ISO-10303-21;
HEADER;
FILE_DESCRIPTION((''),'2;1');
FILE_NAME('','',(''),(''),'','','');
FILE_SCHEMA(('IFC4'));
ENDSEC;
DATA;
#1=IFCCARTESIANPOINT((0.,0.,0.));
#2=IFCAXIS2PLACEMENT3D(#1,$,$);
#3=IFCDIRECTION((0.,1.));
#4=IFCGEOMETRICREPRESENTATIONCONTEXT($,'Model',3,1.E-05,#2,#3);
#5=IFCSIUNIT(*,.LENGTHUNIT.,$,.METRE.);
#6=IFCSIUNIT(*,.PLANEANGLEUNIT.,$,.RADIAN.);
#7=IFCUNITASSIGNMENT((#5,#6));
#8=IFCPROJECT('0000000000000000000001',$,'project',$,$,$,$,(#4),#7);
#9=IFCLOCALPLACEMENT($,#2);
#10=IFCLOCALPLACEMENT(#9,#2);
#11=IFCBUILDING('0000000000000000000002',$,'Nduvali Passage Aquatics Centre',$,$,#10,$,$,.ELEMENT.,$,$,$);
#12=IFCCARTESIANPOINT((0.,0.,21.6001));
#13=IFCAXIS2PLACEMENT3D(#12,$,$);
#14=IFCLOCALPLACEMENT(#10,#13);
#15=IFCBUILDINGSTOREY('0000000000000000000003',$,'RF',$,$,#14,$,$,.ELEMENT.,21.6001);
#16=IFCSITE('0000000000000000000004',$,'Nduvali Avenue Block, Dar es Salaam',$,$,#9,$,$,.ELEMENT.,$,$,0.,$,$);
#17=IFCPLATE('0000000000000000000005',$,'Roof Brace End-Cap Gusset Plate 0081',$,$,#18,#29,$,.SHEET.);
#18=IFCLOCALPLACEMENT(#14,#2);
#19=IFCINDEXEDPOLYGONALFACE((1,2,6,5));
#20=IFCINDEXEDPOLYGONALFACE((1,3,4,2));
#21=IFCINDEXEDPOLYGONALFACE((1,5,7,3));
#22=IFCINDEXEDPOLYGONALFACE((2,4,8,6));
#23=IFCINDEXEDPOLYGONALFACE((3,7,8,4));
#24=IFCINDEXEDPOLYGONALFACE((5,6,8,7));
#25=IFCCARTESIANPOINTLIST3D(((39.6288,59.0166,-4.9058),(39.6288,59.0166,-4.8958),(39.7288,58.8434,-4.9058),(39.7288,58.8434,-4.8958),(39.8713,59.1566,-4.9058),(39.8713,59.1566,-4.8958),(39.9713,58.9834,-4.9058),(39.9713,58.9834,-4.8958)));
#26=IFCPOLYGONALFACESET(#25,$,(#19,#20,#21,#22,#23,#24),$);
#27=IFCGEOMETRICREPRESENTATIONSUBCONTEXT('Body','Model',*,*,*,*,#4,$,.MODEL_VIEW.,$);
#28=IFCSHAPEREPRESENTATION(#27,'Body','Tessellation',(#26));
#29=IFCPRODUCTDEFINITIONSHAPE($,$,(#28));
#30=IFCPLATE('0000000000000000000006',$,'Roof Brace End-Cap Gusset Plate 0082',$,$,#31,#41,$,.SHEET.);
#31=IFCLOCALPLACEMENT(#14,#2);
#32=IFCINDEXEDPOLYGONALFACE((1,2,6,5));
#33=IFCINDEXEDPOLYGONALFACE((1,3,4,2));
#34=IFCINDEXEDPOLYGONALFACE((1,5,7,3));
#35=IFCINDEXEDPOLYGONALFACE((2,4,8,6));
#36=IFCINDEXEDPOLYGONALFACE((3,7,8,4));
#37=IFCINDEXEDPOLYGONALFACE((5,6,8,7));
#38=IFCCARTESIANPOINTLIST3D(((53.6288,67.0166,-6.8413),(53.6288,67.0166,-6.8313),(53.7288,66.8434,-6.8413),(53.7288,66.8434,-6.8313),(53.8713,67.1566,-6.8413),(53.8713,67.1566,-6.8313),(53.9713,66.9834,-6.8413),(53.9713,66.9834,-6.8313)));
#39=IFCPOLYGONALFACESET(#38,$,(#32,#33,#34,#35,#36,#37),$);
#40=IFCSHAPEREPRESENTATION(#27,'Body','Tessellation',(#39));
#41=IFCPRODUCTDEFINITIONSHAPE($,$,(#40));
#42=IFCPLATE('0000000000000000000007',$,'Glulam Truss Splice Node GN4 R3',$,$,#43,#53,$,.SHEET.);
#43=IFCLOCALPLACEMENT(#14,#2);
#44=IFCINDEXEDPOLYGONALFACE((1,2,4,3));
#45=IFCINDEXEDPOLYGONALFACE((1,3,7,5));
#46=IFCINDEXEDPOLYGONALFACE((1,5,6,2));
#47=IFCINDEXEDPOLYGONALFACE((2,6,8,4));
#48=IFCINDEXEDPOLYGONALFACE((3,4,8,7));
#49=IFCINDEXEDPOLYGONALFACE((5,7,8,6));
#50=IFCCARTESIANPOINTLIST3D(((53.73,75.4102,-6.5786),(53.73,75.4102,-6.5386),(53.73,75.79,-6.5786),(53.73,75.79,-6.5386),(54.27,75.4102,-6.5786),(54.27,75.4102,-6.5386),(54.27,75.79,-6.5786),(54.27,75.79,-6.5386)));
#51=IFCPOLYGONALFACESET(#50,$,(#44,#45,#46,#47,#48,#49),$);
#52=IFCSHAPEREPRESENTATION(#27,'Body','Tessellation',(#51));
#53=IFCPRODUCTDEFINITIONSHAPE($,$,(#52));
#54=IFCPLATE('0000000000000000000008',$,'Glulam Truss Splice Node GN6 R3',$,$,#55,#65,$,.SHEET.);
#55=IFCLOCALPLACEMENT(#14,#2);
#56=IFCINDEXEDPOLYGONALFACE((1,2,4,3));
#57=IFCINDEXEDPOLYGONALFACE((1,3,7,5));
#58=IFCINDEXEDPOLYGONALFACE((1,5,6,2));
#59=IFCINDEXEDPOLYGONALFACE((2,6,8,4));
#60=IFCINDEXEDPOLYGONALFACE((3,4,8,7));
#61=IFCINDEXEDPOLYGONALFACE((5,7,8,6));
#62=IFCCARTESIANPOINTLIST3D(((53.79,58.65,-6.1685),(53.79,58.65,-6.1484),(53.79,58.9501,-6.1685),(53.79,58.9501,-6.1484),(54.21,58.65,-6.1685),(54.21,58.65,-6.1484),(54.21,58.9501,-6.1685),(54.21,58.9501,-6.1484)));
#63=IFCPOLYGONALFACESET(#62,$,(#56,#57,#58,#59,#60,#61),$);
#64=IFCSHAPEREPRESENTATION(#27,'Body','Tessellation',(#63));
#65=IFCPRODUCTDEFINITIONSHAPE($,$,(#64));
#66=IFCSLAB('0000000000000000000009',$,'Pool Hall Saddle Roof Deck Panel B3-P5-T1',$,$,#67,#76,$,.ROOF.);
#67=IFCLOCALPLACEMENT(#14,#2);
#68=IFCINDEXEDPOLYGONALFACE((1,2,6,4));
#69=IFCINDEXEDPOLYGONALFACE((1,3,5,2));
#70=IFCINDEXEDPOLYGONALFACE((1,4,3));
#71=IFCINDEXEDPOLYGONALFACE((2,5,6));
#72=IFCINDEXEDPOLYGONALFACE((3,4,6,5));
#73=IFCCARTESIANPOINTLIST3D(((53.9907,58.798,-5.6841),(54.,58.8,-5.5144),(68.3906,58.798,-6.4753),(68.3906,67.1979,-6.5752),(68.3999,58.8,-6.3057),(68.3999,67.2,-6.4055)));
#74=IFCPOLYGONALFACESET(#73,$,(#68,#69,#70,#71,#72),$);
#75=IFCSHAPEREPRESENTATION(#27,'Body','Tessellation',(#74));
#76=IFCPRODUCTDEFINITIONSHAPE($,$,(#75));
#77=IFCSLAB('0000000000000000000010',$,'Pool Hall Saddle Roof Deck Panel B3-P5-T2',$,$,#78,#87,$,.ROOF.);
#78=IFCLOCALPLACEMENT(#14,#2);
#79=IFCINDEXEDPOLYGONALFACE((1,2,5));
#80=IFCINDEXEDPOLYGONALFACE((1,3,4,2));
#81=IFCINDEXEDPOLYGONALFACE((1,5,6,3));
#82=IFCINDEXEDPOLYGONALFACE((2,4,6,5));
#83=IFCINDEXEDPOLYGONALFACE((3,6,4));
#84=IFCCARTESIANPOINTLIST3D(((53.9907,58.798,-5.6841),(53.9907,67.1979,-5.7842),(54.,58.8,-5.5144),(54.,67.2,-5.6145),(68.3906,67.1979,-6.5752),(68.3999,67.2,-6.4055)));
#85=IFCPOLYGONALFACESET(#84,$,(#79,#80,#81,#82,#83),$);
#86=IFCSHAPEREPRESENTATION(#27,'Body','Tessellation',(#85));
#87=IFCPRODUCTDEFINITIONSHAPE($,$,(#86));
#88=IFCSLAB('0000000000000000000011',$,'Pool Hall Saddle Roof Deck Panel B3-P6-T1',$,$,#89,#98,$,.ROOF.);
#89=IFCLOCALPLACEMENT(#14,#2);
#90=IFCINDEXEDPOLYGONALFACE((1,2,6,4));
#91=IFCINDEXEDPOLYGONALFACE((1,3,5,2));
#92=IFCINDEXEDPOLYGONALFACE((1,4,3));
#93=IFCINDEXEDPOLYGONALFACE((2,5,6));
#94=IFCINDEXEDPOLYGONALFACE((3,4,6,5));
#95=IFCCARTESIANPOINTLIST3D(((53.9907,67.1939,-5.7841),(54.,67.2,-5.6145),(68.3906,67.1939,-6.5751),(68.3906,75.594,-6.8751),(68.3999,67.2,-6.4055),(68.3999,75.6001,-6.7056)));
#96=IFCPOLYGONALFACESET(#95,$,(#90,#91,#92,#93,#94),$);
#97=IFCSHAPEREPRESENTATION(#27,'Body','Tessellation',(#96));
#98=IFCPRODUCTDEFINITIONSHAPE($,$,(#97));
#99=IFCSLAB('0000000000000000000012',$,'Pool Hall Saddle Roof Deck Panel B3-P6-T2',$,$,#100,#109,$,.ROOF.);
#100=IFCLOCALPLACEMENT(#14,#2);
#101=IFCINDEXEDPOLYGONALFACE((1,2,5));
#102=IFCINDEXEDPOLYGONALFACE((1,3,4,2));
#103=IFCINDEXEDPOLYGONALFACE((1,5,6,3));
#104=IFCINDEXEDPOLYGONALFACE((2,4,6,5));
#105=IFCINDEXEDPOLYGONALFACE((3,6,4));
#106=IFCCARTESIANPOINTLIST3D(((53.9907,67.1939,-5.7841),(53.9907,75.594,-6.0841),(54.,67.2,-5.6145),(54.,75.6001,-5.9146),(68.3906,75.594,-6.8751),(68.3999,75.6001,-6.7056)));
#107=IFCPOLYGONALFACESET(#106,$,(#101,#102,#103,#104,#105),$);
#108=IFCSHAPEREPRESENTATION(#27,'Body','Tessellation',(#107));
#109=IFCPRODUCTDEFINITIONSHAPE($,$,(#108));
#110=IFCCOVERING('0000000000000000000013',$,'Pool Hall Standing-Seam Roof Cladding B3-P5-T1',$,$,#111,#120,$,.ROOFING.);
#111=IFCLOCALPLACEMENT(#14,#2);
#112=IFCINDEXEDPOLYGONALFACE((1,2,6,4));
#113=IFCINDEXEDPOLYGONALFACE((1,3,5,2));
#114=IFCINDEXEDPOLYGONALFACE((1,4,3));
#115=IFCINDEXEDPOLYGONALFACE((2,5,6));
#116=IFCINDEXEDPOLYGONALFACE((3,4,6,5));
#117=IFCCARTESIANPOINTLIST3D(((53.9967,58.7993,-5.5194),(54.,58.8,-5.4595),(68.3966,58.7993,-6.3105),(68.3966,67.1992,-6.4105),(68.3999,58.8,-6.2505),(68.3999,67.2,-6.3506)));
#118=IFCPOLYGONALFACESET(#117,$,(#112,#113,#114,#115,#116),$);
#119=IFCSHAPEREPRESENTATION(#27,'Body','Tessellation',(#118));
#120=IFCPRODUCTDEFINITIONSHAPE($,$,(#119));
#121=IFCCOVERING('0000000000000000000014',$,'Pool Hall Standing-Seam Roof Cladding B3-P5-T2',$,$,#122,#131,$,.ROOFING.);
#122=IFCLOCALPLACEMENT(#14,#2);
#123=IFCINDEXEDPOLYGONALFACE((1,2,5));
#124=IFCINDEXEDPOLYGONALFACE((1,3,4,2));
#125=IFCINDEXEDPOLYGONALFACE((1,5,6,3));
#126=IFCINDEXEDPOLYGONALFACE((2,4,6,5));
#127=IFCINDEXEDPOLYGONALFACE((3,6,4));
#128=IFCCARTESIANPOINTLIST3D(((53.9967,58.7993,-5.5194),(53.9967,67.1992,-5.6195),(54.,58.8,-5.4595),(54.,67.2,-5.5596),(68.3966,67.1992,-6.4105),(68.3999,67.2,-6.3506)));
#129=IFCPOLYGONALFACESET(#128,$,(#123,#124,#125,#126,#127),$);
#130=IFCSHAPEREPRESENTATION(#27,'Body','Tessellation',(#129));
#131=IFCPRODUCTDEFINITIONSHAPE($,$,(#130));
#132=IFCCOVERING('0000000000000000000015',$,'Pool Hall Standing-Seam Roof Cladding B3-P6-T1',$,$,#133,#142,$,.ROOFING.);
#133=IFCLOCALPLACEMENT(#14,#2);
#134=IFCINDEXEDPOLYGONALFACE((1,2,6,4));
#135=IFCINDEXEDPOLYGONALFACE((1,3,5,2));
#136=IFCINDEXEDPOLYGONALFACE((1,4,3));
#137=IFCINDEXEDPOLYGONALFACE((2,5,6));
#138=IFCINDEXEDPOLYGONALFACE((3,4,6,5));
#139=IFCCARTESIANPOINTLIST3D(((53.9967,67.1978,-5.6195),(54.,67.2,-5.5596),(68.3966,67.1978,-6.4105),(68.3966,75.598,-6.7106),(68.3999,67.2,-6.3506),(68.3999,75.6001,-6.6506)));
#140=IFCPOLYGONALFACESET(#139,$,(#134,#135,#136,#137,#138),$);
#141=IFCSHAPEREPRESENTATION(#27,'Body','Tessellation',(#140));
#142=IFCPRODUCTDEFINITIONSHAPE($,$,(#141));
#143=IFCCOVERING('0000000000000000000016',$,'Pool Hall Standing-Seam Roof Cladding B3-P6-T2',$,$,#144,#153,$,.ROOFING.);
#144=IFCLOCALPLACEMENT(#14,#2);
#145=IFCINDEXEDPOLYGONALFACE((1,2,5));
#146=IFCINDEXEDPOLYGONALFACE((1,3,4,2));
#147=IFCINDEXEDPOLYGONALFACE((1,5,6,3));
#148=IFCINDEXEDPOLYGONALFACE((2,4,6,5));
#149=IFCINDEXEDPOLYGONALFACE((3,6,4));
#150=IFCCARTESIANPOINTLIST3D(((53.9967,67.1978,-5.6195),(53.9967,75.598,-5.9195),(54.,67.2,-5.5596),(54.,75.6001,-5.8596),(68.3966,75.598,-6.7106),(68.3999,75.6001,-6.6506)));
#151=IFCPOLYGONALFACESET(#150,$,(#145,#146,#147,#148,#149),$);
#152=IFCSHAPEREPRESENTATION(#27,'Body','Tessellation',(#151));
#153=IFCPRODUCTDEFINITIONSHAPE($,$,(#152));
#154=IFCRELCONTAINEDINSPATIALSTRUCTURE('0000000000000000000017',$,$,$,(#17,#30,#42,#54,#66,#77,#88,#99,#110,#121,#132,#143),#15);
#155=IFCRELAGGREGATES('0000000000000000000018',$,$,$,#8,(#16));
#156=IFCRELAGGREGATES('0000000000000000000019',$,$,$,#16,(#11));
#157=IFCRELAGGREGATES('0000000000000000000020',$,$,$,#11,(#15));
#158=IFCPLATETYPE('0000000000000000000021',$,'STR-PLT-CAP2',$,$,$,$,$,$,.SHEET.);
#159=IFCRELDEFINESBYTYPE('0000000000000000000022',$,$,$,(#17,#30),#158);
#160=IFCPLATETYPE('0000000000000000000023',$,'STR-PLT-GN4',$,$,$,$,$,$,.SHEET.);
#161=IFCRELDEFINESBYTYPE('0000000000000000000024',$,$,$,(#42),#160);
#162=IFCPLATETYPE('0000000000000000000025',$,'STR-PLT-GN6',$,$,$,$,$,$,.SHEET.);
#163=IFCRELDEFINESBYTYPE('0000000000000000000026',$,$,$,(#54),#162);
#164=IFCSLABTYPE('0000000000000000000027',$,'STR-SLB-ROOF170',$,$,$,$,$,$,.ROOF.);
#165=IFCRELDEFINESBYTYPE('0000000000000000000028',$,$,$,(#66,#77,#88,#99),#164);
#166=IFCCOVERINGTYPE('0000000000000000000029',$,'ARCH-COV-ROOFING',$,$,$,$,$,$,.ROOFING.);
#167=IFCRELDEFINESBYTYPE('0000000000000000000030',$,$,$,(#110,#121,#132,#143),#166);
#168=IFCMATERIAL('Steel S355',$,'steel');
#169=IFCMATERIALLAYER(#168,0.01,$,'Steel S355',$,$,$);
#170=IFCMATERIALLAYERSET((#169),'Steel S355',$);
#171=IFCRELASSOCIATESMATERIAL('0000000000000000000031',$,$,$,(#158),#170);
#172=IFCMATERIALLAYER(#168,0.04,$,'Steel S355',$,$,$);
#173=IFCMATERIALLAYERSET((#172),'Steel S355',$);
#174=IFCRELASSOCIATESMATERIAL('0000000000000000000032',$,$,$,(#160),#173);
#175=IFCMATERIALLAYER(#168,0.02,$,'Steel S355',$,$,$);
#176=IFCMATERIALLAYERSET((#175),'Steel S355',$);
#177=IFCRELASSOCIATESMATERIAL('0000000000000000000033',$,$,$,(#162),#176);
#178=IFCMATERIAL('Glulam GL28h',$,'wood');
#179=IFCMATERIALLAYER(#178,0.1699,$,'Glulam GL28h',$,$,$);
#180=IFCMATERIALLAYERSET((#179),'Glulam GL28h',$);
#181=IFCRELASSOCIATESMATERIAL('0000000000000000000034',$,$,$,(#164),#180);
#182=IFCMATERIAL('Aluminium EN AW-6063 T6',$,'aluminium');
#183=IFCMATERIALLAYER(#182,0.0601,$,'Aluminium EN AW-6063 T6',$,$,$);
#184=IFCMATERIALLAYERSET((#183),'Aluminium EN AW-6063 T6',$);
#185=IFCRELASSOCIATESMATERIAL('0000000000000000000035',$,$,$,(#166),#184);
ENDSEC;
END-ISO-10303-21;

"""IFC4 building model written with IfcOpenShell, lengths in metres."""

from ifc_helpers import new_model, si_unit, direction, frame, origin, origin_2d, place, context, subcontext, project, spatial, polyline, rectangle, outline, extrude, material, layer, layer_set, type_object, element, save


model = new_model("IFC4")

# Units and contexts
model_context = context("Model", 3, precision=1e-05, world=origin(), true_north=direction((0.0, 1.0)))
body_context = subcontext(model_context, "Body", "Model", "MODEL_VIEW")
ifc_project = project(units=[si_unit("LENGTHUNIT", "METRE"), si_unit("PLANEANGLEUNIT", "RADIAN")], contexts=[model_context])

# Site, building, storey
site_placement = place(None, origin())
site = spatial("IfcSite", under=ifc_project, at=site_placement, Name="Nduvali Avenue Block, Dar es Salaam", CompositionType="ELEMENT", RefElevation=0.0)
building_placement = place(site_placement, origin())
building = spatial("IfcBuilding", under=site, at=building_placement, Name="Nduvali Passage Aquatics Centre", CompositionType="ELEMENT")
storey_placement = place(building_placement, frame((0.0, 0.0, 21.6001)))
storey = spatial("IfcBuildingStorey", under=building, at=storey_placement, Name="RF", CompositionType="ELEMENT", Elevation=21.6001)

# Shared definitions
ifc_material_1 = material(Name="Steel S355", Category="steel")
ifc_material_2 = material(Name="Glulam GL28h", Category="wood")

# Plates
ifc_layer_1 = layer(ifc_material_1, 0.01, Name="Steel S355")
ifc_layer_set_1 = layer_set([ifc_layer_1], Name="Steel S355")
plate_type_1 = type_object("IfcPlateType", Name="STR-PLT-CAP2", PredefinedType="SHEET", material=ifc_layer_set_1)
for number, where, z_axis, x_axis, name in (
    (1, (39.8, 59.0, -4.9058), (0.0, 0.0, 1.0), (0.866025, 0.5, 0.0), "Roof Brace End-Cap Gusset Plate 0081"),
    (2, (53.8, 67.0, -6.8413), (0.0, 0.0, 1.0), (0.866025, 0.5, 0.0), "Roof Brace End-Cap Gusset Plate 0082"),
):
    element("IfcPlate", number, at=place(storey_placement, frame(where, z_axis=z_axis, x_axis=x_axis)), inside=storey, type_object=plate_type_1, Name=name, PredefinedType="SHEET", context=body_context, shape_type="SweptSolid", body=[
        extrude(rectangle(XDim=0.28, YDim=0.2, at=origin_2d()), origin(), (0.0, 0.0, 1.0), 0.01),
    ])
ifc_layer_2 = layer(ifc_material_1, 0.04, Name="Steel S355")
ifc_layer_set_2 = layer_set([ifc_layer_2], Name="Steel S355")
plate_type_2 = type_object("IfcPlateType", Name="STR-PLT-GN4", PredefinedType="SHEET", material=ifc_layer_set_2)
plate_1_placement = place(storey_placement, frame((54.0, 75.6001, -6.5786), z_axis=(0.0, 0.0, 1.0), x_axis=(1.0, 0.0, 0.0)))
element("IfcPlate", 3, at=plate_1_placement, inside=storey, type_object=plate_type_2, Name="Glulam Truss Splice Node GN4 R3", PredefinedType="SHEET", context=body_context, shape_type="SweptSolid", body=[
    extrude(rectangle(XDim=0.54, YDim=0.3799, at=origin_2d()), origin(), (0.0, 0.0, 1.0), 0.04),
])
ifc_layer_3 = layer(ifc_material_1, 0.02, Name="Steel S355")
ifc_layer_set_3 = layer_set([ifc_layer_3], Name="Steel S355")
plate_type_3 = type_object("IfcPlateType", Name="STR-PLT-GN6", PredefinedType="SHEET", material=ifc_layer_set_3)
plate_2_placement = place(storey_placement, frame((54.0, 58.8, -6.1685), z_axis=(0.0, 0.0, 1.0), x_axis=(1.0, 0.0, 0.0)))
element("IfcPlate", 4, at=plate_2_placement, inside=storey, type_object=plate_type_3, Name="Glulam Truss Splice Node GN6 R3", PredefinedType="SHEET", context=body_context, shape_type="SweptSolid", body=[
    extrude(rectangle(XDim=0.4199, YDim=0.3, at=origin_2d()), origin(), (0.0, 0.0, 1.0), 0.02),
])

# Slabs
ifc_layer_4 = layer(ifc_material_2, 0.1699, Name="Glulam GL28h")
ifc_layer_set_4 = layer_set([ifc_layer_4], Name="Glulam GL28h")
slab_type = type_object("IfcSlabType", Name="STR-SLB-ROOF170", PredefinedType="ROOF", material=ifc_layer_set_4)
slab_1_placement = place(storey_placement, frame((54.0, 58.8, -5.5144), z_axis=(0.054862, 0.011869, 0.998423), x_axis=(0.998494, 0.0, -0.054866)))
element("IfcSlab", 5, at=slab_1_placement, inside=storey, type_object=slab_type, Name="Pool Hall Saddle Roof Deck Panel B3-P5-T1", PredefinedType="ROOF", context=body_context, shape_type="SweptSolid", body=[
    extrude(outline(polyline([(0.0, 0.0), (14.4216, 0.0), (14.4271, 8.4005), (0.0, 0.0)])), origin(), (0.0, 0.0, -1.0), 0.1699),
])
slab_2_placement = place(storey_placement, frame((54.0, 58.8, -5.5144), z_axis=(0.054845, 0.011898, 0.998424), x_axis=(0.862549, 0.503151, -0.053377)))
element("IfcSlab", 6, at=slab_2_placement, inside=storey, type_object=slab_type, Name="Pool Hall Saddle Roof Deck Panel B3-P5-T2", PredefinedType="ROOF", context=body_context, shape_type="SweptSolid", body=[
    extrude(outline(polyline([(0.0, 0.0), (16.6946, 0.0), (4.2318, 7.2568), (0.0, 0.0)])), origin(), (0.0, 0.0, -1.0), 0.1699),
])
slab_3_placement = place(storey_placement, frame((54.0, 67.2, -5.6145), z_axis=(0.054814, 0.035643, 0.99786), x_axis=(0.998495, 0.0, -0.054849)))
element("IfcSlab", 7, at=slab_3_placement, inside=storey, type_object=slab_type, Name="Pool Hall Saddle Roof Deck Panel B3-P6-T1", PredefinedType="ROOF", context=body_context, shape_type="SweptSolid", body=[
    extrude(outline(polyline([(0.0, 0.0), (14.4216, 0.0), (14.4381, 8.4055), (0.0, 0.0)])), origin(), (0.0, 0.0, -1.0), 0.1699),
])
slab_4_placement = place(storey_placement, frame((54.0, 67.2, -5.6145), z_axis=(0.054814, 0.035643, 0.99786), x_axis=(0.86193, 0.502804, -0.065307)))
element("IfcSlab", 8, at=slab_4_placement, inside=storey, type_object=slab_type, Name="Pool Hall Saddle Roof Deck Panel B3-P6-T2", PredefinedType="ROOF", context=body_context, shape_type="SweptSolid", body=[
    extrude(outline(polyline([(0.0, 0.0), (16.7066, 0.0), (4.2432, 7.2559), (0.0, 0.0)])), origin(), (0.0, 0.0, -1.0), 0.1699),
])

# Coverings
ifc_material_3 = material(Name="Aluminium EN AW-6063 T6", Category="aluminium")
ifc_layer_5 = layer(ifc_material_3, 0.0601, Name="Aluminium EN AW-6063 T6")
ifc_layer_set_5 = layer_set([ifc_layer_5], Name="Aluminium EN AW-6063 T6")
covering_type = type_object("IfcCoveringType", Name="ARCH-COV-ROOFING", PredefinedType="ROOFING", material=ifc_layer_set_5)
covering_1_placement = place(storey_placement, frame((54.0, 58.8, -5.4595), z_axis=(0.054845, 0.011898, 0.998424), x_axis=(0.998495, 0.0, -0.054849)))
element("IfcCovering", 9, at=covering_1_placement, inside=storey, type_object=covering_type, Name="Pool Hall Standing-Seam Roof Cladding B3-P5-T1", PredefinedType="ROOFING", context=body_context, shape_type="SweptSolid", body=[
    extrude(outline(polyline([(0.0, 0.0), (14.4216, 0.0), (14.4271, 8.4005), (0.0, 0.0)])), origin(), (0.0, 0.0, -1.0), 0.0601),
])
covering_2_placement = place(storey_placement, frame((54.0, 58.8, -5.4595), z_axis=(0.054845, 0.011898, 0.998424), x_axis=(0.862549, 0.503151, -0.053377)))
element("IfcCovering", 10, at=covering_2_placement, inside=storey, type_object=covering_type, Name="Pool Hall Standing-Seam Roof Cladding B3-P5-T2", PredefinedType="ROOFING", context=body_context, shape_type="SweptSolid", body=[
    extrude(outline(polyline([(0.0, 0.0), (16.6946, 0.0), (4.2318, 7.2568), (0.0, 0.0)])), origin(), (0.0, 0.0, -1.0), 0.0601),
])
covering_3_placement = place(storey_placement, frame((54.0, 67.2, -5.5596), z_axis=(0.054814, 0.035643, 0.99786), x_axis=(0.998495, 0.0, -0.054849)))
element("IfcCovering", 11, at=covering_3_placement, inside=storey, type_object=covering_type, Name="Pool Hall Standing-Seam Roof Cladding B3-P6-T1", PredefinedType="ROOFING", context=body_context, shape_type="SweptSolid", body=[
    extrude(outline(polyline([(0.0, 0.0), (14.4216, 0.0), (14.4381, 8.4055), (0.0, 0.0)])), origin(), (0.0, 0.0, -1.0), 0.0601),
])
covering_4_placement = place(storey_placement, frame((54.0, 67.2, -5.5596), z_axis=(0.054814, 0.035643, 0.99786), x_axis=(0.86193, 0.502804, -0.065307)))
element("IfcCovering", 12, at=covering_4_placement, inside=storey, type_object=covering_type, Name="Pool Hall Standing-Seam Roof Cladding B3-P6-T2", PredefinedType="ROOFING", context=body_context, shape_type="SweptSolid", body=[
    extrude(outline(polyline([(0.0, 0.0), (16.7066, 0.0), (4.2432, 7.2559), (0.0, 0.0)])), origin(), (0.0, 0.0, -1.0), 0.0601),
])

save(model, "model.ifc")
